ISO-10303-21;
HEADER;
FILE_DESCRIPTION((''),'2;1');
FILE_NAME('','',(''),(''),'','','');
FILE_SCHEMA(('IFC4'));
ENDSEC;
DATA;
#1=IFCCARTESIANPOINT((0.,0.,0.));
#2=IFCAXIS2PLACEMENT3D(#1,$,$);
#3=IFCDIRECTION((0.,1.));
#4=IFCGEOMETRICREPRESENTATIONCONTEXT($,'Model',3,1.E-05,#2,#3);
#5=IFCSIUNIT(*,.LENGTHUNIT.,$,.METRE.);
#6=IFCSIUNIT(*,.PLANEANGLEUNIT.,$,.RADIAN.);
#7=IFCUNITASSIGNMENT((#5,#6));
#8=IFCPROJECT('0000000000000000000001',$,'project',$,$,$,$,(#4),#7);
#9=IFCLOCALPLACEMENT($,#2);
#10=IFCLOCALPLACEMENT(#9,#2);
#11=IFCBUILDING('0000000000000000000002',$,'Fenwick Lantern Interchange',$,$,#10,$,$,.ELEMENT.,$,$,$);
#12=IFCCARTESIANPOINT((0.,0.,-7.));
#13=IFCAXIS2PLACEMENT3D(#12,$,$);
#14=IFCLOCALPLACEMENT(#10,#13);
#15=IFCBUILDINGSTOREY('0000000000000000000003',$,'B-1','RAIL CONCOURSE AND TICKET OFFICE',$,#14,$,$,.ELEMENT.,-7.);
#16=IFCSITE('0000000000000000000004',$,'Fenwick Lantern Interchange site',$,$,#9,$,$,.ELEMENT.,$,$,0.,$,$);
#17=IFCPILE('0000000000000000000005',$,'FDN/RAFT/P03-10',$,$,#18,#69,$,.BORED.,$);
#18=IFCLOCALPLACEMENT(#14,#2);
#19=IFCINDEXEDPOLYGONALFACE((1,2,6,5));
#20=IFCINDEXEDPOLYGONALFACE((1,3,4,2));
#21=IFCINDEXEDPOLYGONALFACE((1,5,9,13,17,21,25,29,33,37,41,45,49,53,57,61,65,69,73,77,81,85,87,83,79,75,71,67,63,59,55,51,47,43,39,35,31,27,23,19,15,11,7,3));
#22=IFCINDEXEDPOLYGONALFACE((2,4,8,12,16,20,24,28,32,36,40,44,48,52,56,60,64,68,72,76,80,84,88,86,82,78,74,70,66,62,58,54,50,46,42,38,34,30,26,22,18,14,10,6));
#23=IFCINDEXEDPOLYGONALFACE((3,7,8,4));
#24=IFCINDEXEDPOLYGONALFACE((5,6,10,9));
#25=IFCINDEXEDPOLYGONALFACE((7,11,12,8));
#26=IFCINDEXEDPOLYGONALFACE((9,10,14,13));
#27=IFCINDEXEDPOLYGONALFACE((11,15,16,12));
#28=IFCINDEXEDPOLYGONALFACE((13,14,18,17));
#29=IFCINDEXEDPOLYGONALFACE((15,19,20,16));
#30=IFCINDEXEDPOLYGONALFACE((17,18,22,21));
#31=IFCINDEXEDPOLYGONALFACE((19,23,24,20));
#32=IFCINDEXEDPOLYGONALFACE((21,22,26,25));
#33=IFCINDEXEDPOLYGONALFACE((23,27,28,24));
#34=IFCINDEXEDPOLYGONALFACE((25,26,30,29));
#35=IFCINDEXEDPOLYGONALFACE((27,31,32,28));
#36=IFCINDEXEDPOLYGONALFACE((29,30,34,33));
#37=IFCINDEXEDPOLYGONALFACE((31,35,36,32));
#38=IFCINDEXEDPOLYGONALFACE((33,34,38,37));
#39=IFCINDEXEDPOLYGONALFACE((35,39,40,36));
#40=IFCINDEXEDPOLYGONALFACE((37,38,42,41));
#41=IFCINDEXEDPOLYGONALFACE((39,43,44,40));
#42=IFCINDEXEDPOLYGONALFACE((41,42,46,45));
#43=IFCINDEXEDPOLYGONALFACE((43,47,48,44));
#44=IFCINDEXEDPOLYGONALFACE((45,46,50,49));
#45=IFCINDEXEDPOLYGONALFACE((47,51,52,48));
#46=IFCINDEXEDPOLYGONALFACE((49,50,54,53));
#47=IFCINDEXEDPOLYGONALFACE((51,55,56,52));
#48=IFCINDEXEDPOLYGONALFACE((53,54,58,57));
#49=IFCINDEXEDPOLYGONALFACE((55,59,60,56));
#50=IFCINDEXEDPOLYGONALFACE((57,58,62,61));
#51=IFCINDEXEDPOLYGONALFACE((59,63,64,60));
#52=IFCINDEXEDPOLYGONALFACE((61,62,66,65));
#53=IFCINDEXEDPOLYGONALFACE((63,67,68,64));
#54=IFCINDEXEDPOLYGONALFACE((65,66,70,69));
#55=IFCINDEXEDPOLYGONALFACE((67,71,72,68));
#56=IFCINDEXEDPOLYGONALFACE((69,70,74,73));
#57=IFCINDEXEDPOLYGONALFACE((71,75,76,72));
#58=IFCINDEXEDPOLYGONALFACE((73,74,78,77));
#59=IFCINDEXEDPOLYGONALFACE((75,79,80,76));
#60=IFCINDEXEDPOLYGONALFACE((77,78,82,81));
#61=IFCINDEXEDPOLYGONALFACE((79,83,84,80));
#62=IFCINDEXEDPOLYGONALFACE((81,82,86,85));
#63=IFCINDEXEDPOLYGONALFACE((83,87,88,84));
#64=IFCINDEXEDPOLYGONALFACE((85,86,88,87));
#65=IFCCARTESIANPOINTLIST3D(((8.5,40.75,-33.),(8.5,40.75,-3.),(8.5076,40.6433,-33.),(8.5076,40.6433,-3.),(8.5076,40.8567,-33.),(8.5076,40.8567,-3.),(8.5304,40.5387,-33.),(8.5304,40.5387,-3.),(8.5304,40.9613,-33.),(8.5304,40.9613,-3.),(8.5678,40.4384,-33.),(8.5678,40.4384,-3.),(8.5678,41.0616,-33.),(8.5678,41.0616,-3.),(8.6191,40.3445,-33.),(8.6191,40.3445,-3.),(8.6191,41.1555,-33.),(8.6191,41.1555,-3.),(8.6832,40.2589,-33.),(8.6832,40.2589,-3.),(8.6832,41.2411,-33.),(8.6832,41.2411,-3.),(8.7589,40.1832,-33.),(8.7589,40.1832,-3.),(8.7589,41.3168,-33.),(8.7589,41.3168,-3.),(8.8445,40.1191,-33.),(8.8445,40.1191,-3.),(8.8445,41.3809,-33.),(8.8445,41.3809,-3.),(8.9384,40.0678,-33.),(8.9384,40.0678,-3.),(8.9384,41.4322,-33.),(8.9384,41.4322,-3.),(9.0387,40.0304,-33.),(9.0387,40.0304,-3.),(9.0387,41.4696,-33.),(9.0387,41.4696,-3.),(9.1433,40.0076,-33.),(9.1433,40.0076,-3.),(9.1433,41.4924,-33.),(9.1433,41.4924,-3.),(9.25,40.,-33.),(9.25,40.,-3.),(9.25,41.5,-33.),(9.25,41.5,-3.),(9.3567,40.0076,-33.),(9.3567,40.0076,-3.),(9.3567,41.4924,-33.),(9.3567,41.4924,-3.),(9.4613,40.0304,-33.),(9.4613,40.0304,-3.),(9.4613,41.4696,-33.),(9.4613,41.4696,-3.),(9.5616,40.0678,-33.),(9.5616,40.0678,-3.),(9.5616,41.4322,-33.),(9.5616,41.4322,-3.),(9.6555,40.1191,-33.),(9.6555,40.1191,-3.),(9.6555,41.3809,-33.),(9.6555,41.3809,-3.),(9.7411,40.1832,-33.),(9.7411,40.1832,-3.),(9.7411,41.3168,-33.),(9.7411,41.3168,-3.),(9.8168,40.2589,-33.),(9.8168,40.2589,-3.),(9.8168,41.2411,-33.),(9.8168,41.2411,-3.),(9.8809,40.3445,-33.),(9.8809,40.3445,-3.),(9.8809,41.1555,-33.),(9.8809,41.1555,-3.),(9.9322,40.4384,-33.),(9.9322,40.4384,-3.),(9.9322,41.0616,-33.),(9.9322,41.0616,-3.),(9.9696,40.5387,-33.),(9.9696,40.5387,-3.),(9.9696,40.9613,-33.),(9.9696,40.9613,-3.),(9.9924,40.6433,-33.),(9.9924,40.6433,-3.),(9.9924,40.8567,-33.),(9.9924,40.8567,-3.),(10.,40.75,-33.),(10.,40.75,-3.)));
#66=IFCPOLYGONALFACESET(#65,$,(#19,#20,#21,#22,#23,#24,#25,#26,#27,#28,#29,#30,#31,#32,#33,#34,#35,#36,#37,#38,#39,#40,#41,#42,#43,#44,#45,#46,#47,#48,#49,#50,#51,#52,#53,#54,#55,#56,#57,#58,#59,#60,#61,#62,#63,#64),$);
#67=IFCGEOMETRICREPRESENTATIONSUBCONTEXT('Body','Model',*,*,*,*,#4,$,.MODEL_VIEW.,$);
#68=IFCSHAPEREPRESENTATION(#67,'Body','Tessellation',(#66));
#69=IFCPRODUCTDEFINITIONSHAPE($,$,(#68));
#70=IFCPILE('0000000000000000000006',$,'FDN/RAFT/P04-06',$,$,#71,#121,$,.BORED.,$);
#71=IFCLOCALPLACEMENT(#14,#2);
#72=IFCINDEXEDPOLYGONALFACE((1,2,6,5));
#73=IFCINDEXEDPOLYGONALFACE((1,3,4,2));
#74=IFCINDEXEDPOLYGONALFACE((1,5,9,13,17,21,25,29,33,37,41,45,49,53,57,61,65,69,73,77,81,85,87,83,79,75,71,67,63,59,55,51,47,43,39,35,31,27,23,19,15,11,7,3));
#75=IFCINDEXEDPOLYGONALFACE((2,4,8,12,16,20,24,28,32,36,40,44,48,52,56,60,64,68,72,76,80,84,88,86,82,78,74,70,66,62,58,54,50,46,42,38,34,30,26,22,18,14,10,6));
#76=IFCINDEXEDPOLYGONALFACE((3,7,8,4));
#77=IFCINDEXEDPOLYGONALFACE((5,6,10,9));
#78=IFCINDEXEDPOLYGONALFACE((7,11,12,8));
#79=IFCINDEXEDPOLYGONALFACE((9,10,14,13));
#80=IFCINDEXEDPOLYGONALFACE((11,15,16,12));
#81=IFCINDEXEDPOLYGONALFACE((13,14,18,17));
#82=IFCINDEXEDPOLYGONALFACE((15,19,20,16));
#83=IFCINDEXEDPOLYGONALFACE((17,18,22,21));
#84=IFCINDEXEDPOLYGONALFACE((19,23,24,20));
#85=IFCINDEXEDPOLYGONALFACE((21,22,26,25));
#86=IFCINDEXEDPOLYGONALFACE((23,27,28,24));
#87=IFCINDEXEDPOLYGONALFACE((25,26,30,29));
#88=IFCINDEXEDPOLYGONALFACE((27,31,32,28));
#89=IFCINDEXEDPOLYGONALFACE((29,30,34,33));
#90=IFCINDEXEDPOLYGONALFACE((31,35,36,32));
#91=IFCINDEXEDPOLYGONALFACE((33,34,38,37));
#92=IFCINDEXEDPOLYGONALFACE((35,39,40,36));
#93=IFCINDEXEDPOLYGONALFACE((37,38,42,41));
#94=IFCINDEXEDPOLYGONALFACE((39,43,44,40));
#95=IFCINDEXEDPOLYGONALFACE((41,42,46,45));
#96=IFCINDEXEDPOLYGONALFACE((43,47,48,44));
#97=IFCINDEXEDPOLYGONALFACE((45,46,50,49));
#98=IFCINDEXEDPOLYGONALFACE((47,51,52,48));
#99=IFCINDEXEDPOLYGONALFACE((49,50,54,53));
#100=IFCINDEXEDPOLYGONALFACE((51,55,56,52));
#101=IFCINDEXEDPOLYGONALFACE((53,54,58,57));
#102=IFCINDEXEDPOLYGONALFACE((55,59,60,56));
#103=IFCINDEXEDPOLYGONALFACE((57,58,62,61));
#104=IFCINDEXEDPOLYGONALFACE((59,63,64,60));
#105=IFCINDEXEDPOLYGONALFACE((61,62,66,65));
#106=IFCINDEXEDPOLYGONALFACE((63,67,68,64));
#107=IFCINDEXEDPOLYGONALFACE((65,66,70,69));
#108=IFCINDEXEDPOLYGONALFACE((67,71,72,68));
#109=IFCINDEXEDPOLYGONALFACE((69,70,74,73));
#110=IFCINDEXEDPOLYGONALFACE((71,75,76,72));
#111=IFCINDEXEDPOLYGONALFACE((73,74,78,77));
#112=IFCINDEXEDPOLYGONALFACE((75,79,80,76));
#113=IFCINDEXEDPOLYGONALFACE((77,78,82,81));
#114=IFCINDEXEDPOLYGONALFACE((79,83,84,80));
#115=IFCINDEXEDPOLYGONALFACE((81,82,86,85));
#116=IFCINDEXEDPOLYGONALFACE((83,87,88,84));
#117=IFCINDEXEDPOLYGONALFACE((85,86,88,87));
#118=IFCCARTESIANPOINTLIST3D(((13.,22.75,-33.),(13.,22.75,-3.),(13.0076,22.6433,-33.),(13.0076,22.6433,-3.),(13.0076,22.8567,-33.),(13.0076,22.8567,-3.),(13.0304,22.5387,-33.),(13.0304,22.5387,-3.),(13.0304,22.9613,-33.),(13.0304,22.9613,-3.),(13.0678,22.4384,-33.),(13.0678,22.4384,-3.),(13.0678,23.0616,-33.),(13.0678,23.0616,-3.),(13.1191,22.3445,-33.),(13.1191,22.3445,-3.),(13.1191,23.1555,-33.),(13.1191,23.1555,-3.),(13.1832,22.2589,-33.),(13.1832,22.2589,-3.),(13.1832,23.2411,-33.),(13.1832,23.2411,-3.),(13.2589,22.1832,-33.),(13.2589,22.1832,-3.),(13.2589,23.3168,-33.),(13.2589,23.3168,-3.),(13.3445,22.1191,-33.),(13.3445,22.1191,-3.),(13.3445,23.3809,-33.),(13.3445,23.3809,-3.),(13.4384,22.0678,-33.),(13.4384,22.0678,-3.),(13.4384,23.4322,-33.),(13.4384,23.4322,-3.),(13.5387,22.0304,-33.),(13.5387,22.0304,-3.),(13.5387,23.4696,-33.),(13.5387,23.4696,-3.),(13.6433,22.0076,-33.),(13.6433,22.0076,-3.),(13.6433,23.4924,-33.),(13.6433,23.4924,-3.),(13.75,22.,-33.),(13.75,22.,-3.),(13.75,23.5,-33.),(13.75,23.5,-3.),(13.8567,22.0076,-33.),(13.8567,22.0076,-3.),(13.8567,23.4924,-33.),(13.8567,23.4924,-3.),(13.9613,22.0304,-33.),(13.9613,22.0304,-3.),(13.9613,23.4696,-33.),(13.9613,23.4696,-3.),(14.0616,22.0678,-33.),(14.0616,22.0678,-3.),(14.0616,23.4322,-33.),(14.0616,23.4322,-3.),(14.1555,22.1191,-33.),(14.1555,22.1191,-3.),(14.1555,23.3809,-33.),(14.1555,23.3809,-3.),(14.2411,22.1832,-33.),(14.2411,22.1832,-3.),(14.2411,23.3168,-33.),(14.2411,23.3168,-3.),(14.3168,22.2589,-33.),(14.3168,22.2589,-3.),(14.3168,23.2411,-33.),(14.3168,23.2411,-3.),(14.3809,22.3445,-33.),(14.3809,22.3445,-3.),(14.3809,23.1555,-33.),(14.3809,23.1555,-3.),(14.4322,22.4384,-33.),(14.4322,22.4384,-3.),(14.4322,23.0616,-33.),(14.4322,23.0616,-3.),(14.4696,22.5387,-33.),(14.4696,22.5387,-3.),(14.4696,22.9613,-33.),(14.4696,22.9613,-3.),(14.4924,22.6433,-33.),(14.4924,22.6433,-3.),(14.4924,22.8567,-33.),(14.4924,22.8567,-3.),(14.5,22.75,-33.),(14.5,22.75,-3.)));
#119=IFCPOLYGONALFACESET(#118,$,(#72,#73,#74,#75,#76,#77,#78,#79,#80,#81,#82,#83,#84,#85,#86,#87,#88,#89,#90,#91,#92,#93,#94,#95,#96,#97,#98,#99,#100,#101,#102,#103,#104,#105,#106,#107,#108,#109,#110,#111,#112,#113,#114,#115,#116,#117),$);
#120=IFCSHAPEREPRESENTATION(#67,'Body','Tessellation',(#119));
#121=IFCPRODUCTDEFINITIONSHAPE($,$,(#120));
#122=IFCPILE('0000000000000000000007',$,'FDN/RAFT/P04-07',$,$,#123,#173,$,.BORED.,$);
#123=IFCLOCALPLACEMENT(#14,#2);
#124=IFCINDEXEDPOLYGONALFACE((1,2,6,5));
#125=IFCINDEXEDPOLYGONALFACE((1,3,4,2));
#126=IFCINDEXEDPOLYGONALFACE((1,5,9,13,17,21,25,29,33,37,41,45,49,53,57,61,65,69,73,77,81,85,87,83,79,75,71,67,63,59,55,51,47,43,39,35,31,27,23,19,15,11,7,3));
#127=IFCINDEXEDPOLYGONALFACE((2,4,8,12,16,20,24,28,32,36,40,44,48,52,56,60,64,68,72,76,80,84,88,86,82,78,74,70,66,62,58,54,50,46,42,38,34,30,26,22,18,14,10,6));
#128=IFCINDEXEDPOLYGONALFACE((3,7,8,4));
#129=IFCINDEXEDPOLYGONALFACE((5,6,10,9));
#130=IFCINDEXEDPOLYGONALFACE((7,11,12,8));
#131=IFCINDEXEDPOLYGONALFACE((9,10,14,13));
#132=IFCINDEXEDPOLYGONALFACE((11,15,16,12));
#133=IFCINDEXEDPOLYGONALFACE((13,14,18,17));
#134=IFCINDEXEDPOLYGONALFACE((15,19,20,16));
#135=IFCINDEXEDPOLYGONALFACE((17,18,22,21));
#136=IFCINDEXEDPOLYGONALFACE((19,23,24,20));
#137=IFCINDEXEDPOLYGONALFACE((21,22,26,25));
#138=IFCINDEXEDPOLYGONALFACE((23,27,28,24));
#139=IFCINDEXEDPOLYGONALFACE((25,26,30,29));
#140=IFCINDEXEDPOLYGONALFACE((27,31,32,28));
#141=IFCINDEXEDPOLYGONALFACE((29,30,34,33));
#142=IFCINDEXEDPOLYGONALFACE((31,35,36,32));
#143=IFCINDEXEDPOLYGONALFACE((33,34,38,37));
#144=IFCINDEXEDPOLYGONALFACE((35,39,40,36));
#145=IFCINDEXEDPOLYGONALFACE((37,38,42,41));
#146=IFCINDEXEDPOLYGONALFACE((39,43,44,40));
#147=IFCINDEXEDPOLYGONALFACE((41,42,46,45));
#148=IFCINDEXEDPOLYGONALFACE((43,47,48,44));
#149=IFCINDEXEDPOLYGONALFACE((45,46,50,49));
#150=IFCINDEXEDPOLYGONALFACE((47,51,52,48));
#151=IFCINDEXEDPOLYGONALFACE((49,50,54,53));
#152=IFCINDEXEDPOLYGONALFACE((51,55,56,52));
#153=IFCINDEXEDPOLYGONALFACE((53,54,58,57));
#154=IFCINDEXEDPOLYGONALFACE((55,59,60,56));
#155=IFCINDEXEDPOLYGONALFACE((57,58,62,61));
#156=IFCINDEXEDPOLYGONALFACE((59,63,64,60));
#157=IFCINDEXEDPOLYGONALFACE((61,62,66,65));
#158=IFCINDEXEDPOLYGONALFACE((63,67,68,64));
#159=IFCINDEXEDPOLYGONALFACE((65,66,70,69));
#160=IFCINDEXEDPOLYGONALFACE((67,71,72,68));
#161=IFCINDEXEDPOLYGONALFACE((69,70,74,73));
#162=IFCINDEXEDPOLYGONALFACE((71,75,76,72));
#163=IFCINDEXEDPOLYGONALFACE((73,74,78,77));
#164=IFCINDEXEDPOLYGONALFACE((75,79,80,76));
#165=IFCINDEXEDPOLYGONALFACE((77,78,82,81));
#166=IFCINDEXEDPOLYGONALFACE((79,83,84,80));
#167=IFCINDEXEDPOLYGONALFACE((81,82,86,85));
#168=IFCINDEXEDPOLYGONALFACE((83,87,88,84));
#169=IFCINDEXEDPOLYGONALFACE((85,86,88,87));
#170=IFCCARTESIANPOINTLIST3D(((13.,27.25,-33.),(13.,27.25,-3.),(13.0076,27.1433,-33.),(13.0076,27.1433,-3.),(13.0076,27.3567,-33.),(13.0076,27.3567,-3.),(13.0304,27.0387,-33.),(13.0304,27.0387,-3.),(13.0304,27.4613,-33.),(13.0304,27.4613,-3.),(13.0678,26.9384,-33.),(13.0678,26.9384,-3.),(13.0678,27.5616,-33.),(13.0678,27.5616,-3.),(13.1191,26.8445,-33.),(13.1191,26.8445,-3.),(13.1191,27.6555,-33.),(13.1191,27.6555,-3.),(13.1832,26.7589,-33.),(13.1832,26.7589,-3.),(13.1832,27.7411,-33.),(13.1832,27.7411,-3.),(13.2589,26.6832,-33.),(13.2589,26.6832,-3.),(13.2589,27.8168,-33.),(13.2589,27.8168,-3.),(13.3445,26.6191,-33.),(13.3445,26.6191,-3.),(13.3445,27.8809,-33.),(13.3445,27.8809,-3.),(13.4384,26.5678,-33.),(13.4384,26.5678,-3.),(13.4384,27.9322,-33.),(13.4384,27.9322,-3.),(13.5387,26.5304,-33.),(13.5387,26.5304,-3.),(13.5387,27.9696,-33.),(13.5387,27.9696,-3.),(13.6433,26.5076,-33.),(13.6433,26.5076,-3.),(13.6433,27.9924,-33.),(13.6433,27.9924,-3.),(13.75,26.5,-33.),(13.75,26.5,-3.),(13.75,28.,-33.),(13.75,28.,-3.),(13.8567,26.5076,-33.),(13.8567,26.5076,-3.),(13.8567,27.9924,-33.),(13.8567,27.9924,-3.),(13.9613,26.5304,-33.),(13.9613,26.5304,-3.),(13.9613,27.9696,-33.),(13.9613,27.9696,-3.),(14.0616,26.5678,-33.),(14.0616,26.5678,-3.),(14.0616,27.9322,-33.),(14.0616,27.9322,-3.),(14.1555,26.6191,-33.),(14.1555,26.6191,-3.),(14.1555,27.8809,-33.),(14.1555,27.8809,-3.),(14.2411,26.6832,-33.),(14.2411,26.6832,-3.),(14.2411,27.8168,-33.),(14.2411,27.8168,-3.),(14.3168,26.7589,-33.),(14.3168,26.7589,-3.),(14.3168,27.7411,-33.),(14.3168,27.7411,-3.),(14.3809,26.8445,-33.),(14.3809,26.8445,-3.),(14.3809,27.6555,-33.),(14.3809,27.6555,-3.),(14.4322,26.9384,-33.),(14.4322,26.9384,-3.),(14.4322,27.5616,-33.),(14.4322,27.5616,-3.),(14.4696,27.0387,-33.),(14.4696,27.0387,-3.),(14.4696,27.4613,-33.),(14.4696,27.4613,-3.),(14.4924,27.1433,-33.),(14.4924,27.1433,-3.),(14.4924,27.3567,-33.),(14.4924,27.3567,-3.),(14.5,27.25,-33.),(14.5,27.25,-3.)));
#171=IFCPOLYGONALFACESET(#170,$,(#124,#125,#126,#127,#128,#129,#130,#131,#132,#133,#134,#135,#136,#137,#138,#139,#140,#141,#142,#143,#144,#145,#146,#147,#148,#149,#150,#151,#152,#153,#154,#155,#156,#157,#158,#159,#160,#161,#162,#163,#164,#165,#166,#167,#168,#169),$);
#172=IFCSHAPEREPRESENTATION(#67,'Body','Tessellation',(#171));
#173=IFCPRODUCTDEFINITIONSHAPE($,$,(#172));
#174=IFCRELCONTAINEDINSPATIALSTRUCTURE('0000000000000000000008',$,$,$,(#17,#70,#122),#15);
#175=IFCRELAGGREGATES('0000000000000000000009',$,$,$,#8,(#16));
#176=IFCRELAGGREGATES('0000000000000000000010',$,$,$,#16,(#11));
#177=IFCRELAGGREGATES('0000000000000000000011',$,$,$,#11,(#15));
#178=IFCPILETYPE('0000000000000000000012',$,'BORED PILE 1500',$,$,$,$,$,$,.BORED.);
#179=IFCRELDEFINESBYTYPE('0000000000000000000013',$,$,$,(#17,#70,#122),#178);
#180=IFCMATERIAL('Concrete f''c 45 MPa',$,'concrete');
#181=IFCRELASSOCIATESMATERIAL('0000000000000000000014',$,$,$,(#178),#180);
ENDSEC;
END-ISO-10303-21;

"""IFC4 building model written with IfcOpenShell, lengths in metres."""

from ifc_helpers import new_model, si_unit, direction, frame, origin, origin_2d, place, context, subcontext, project, spatial, circle, extrude, material, type_object, element, save


model = new_model("IFC4")

# Units and contexts
model_context = context("Model", 3, precision=1e-05, world=origin(), true_north=direction((0.0, 1.0)))
body_context = subcontext(model_context, "Body", "Model", "MODEL_VIEW")
ifc_project = project(units=[si_unit("LENGTHUNIT", "METRE"), si_unit("PLANEANGLEUNIT", "RADIAN")], contexts=[model_context])

# Site, building, storey
site_placement = place(None, origin())
site = spatial("IfcSite", under=ifc_project, at=site_placement, Name="Fenwick Lantern Interchange site", CompositionType="ELEMENT", RefElevation=0.0)
building_placement = place(site_placement, origin())
building = spatial("IfcBuilding", under=site, at=building_placement, Name="Fenwick Lantern Interchange", CompositionType="ELEMENT")
storey_placement = place(building_placement, frame((0.0, 0.0, -7.0)))
storey = spatial("IfcBuildingStorey", under=building, at=storey_placement, Name="B-1", Description="RAIL CONCOURSE AND TICKET OFFICE", CompositionType="ELEMENT", Elevation=-7.0)

# Piles
ifc_material_1 = material(Name="Concrete f'c 45 MPa", Category="concrete")
pile_type = type_object("IfcPileType", Name="BORED PILE 1500", PredefinedType="BORED", material=ifc_material_1)
for number, where, z_axis, x_axis, name in (
    (1, (9.25, 40.75, -3.0), (0.0, 0.0, -1.0), (1.0, 0.0, 0.0), "FDN/RAFT/P03-10"),
    (2, (13.75, 22.75, -3.0), (0.0, 0.0, -1.0), (1.0, 0.0, 0.0), "FDN/RAFT/P04-06"),
    (3, (13.75, 27.25, -3.0), (0.0, 0.0, -1.0), (1.0, 0.0, 0.0), "FDN/RAFT/P04-07"),
):
    element("IfcPile", number, at=place(storey_placement, frame(where, z_axis=z_axis, x_axis=x_axis)), inside=storey, type_object=pile_type, Name=name, PredefinedType="BORED", context=body_context, shape_type="SweptSolid", body=[
        extrude(circle(Radius=0.75, at=origin_2d()), origin(), (0.0, 0.0, 1.0), 30.0),
    ])

save(model, "model.ifc")
